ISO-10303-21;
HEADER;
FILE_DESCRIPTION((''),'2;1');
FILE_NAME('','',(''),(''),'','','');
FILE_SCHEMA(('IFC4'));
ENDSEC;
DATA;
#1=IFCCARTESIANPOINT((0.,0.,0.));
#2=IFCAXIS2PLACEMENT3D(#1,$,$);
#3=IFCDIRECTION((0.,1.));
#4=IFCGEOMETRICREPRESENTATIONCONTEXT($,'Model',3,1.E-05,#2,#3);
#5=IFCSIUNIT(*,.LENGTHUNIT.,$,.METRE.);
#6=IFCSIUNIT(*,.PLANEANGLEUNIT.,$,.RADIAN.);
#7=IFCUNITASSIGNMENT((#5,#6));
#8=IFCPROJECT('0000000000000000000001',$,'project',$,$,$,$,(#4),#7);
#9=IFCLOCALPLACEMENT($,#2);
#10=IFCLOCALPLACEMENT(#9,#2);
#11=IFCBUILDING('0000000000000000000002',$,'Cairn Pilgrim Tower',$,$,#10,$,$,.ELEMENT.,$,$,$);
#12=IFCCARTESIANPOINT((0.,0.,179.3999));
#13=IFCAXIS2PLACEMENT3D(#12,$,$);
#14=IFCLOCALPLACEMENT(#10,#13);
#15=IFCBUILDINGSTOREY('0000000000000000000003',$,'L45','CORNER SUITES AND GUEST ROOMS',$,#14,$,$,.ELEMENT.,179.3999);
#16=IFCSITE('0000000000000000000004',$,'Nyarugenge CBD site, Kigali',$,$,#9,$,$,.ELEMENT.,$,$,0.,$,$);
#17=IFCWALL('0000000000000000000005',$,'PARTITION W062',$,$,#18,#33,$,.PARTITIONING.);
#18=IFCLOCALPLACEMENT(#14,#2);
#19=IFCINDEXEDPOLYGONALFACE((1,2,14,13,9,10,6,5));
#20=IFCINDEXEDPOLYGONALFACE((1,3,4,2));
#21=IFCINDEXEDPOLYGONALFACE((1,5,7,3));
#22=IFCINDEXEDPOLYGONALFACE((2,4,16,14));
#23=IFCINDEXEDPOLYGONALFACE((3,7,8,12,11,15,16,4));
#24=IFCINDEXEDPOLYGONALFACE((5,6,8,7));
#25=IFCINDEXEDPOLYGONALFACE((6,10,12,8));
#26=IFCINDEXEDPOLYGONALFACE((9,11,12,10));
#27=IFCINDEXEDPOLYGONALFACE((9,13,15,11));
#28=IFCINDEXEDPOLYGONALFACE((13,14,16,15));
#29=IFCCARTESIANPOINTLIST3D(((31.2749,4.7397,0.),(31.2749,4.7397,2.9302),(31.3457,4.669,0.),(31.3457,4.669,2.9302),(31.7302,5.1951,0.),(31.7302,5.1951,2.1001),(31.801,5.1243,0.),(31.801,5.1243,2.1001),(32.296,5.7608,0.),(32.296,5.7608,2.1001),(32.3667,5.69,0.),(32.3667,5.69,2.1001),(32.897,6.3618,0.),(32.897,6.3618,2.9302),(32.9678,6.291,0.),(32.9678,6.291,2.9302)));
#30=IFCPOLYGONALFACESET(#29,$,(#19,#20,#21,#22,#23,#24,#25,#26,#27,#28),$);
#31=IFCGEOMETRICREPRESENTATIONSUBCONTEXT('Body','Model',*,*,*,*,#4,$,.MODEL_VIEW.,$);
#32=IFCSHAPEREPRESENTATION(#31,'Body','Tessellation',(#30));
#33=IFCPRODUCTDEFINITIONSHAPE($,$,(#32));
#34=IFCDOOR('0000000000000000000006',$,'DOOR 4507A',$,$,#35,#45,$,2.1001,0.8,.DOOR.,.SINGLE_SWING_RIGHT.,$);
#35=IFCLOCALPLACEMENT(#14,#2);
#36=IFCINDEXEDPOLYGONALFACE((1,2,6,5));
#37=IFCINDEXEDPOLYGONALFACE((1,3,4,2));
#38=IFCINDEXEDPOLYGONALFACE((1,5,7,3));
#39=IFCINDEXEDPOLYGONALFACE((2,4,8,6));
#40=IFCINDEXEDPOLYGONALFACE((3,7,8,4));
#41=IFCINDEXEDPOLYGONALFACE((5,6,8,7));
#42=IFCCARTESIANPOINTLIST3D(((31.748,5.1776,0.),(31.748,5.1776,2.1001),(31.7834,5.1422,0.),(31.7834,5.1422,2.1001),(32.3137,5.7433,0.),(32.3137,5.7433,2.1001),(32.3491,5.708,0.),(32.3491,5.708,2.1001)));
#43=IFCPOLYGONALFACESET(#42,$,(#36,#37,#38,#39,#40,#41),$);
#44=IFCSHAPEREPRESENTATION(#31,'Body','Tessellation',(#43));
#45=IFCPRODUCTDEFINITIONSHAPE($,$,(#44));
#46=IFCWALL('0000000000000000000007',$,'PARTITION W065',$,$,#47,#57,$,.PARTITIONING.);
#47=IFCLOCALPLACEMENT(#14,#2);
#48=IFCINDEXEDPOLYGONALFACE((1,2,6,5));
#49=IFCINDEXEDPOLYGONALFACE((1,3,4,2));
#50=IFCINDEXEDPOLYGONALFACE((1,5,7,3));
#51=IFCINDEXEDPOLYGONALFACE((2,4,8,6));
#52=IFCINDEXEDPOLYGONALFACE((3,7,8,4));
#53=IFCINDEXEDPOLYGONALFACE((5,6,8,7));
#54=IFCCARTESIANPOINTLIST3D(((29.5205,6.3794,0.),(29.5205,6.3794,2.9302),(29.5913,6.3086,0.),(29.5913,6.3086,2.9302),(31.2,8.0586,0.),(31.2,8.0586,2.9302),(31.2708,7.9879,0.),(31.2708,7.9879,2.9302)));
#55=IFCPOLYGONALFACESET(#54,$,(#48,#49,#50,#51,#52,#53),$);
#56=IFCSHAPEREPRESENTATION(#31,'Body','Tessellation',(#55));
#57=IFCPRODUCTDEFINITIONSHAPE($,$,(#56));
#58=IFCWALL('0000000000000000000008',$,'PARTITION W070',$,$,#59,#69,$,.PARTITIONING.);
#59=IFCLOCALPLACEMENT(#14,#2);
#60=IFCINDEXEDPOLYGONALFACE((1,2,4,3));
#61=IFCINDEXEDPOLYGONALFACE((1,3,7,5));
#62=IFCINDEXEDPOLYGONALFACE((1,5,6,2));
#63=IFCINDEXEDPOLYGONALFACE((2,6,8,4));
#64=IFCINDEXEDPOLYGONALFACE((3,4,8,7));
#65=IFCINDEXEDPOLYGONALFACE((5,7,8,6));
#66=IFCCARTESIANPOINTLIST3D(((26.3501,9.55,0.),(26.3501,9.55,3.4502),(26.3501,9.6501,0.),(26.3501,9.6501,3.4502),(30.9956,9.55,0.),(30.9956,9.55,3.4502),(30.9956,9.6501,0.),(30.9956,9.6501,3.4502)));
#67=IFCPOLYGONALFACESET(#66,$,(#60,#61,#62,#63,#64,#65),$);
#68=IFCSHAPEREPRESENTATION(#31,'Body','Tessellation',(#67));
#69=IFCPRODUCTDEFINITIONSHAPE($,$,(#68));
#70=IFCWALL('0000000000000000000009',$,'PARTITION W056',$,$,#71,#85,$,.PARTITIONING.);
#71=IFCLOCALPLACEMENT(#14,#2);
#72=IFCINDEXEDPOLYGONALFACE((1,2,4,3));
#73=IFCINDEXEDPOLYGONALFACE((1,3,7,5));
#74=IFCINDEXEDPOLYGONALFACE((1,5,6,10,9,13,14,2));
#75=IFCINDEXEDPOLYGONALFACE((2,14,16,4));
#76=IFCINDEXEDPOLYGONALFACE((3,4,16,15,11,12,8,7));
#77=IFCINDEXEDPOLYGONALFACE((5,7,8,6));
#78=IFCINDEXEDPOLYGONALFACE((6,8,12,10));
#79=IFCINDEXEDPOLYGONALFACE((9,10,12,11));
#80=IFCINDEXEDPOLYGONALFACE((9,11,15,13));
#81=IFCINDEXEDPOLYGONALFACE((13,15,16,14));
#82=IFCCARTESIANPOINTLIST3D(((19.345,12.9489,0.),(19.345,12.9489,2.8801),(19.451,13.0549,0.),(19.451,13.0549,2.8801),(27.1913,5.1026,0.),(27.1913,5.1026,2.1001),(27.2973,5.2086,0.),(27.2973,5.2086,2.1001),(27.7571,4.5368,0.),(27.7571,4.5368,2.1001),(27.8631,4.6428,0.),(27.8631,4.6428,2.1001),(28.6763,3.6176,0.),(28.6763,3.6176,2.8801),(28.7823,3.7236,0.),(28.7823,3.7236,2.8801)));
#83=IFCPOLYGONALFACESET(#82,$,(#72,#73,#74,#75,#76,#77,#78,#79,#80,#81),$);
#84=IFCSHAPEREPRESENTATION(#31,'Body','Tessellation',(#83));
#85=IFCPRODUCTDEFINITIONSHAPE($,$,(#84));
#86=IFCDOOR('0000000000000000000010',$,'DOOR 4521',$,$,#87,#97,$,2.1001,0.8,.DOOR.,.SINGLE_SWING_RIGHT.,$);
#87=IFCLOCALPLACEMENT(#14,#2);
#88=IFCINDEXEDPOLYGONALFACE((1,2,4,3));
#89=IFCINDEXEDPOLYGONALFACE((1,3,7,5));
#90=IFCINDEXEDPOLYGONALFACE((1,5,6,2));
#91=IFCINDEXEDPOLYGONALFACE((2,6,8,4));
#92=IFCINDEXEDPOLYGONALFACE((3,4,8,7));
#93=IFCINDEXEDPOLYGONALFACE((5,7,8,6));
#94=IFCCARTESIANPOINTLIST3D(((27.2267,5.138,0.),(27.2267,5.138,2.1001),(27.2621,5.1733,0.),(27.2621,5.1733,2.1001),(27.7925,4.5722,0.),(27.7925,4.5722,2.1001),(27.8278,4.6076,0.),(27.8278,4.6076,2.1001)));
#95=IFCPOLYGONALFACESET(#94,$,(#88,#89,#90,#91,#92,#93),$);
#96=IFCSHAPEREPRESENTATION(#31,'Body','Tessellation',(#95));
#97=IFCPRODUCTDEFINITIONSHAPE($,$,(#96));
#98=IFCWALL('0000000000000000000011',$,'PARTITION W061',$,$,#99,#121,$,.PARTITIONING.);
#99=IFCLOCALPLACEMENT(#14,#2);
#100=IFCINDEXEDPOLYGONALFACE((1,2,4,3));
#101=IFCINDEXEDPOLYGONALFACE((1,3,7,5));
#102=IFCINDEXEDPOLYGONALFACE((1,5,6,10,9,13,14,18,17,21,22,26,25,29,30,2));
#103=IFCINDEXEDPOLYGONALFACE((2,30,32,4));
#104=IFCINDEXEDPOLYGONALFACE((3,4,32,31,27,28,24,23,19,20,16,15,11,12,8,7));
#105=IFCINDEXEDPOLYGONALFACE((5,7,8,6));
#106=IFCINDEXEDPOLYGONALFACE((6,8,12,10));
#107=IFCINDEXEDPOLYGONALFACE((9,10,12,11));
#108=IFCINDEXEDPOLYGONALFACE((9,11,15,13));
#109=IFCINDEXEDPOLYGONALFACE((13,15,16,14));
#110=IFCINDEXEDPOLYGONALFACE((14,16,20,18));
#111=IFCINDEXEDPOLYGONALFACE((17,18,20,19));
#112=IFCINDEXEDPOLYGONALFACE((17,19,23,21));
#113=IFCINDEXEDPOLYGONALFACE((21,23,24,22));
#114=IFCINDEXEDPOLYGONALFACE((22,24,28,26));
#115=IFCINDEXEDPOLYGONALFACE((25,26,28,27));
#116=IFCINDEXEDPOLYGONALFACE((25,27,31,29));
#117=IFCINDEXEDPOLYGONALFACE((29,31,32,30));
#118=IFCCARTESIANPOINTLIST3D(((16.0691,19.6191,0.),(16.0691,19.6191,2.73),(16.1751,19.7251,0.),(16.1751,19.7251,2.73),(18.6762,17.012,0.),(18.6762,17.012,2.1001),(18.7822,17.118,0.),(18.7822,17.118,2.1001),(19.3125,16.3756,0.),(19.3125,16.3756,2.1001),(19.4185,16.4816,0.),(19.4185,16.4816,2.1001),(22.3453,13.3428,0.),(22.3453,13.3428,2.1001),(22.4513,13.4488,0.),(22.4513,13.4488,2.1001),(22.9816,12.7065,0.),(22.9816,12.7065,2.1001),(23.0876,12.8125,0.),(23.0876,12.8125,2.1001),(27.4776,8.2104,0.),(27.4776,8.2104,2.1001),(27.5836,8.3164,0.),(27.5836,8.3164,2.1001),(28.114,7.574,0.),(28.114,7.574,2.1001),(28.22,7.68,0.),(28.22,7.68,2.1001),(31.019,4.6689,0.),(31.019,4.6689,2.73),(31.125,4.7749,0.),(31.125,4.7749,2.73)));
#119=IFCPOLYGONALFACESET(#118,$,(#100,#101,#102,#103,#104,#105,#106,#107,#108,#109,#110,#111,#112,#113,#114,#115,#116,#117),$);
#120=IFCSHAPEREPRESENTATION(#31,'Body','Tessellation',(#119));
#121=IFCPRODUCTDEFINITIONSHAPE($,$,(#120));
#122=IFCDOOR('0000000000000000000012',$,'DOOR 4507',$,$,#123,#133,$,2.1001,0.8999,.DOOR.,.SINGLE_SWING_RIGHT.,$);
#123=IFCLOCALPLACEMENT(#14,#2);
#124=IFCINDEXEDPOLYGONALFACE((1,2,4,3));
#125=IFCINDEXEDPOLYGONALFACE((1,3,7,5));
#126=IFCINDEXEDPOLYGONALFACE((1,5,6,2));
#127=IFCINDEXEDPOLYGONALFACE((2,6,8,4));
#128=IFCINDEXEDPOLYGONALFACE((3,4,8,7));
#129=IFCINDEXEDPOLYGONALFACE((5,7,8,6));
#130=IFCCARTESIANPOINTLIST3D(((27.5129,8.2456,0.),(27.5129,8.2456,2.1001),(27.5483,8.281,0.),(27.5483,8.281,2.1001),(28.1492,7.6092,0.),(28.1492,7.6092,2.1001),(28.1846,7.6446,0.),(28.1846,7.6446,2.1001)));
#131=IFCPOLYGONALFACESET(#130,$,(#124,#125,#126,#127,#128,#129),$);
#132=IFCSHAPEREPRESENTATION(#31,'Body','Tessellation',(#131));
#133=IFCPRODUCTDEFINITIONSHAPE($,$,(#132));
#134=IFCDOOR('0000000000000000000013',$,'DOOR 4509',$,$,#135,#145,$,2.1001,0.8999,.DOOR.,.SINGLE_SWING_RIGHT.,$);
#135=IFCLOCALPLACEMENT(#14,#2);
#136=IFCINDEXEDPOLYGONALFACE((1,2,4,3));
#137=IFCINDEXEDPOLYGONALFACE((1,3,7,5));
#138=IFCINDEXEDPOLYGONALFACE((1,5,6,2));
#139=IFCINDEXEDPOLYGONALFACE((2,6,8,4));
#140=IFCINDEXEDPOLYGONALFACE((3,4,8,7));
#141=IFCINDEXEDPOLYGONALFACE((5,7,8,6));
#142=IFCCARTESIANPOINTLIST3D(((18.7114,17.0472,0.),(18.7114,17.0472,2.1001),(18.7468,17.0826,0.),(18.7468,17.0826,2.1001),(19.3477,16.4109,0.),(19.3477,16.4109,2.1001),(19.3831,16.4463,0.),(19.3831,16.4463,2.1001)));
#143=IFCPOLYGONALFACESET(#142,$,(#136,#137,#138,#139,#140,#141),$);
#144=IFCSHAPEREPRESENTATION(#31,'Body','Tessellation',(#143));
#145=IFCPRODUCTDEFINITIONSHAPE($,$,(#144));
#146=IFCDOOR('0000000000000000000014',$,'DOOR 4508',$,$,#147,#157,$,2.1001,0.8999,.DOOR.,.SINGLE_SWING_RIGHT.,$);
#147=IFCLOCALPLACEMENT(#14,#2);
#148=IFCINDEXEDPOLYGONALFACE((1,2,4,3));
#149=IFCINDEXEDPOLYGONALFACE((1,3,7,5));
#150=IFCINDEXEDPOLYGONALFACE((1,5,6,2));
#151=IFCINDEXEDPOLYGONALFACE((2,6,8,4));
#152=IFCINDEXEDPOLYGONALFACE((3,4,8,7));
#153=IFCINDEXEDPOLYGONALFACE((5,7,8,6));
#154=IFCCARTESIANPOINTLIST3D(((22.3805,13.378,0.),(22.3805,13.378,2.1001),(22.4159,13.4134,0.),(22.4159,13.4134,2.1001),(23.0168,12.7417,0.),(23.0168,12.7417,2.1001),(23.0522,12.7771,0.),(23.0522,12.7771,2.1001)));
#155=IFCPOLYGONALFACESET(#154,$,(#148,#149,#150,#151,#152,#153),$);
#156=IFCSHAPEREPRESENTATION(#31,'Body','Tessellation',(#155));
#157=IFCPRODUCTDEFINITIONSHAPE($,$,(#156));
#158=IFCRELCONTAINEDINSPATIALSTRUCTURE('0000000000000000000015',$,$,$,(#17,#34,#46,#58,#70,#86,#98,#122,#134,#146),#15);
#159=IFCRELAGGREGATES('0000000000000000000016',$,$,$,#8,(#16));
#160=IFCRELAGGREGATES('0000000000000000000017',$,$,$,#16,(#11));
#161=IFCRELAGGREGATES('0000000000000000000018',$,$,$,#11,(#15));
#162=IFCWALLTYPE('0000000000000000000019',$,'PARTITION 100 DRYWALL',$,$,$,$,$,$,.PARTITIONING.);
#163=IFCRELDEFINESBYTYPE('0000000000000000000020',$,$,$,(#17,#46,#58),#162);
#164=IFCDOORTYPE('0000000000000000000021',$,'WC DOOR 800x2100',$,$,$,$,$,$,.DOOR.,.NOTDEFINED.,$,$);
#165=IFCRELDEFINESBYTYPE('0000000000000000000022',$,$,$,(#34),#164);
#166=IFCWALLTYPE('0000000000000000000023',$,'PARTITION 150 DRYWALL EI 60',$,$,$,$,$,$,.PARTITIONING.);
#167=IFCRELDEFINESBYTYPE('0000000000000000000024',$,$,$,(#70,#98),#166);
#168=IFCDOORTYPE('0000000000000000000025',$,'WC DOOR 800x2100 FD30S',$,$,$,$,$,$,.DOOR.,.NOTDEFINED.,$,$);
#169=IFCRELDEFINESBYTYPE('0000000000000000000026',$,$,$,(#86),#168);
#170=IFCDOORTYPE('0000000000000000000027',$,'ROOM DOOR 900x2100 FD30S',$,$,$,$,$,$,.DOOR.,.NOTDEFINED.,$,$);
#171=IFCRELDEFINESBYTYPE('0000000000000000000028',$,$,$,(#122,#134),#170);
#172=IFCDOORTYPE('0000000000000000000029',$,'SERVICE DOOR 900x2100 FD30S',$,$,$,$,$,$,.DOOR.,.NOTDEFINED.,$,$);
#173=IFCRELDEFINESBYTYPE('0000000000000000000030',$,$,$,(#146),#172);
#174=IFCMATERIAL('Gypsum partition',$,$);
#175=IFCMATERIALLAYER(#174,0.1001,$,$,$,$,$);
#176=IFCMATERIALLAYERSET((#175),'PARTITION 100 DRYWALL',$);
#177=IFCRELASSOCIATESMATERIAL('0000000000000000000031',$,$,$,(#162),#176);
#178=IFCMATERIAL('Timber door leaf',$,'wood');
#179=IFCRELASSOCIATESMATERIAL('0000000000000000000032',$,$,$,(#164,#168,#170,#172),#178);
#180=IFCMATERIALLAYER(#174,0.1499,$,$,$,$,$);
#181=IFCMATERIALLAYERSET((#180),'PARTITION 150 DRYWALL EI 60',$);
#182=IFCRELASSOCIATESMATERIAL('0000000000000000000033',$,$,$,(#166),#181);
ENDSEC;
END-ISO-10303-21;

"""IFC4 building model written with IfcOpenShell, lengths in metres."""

from ifc_helpers import new_model, si_unit, direction, frame, frame_2d, origin, place, context, subcontext, project, spatial, rectangle, extrude, material, layer, layer_set, type_object, element, fill, save


model = new_model("IFC4")

# Units and contexts
model_context = context("Model", 3, precision=1e-05, world=origin(), true_north=direction((0.0, 1.0)))
body_context = subcontext(model_context, "Body", "Model", "MODEL_VIEW")
ifc_project = project(units=[si_unit("LENGTHUNIT", "METRE"), si_unit("PLANEANGLEUNIT", "RADIAN")], contexts=[model_context])

# Site, building, storey
site_placement = place(None, origin())
site = spatial("IfcSite", under=ifc_project, at=site_placement, Name="Nyarugenge CBD site, Kigali", CompositionType="ELEMENT", RefElevation=0.0)
building_placement = place(site_placement, origin())
building = spatial("IfcBuilding", under=site, at=building_placement, Name="Cairn Pilgrim Tower", CompositionType="ELEMENT")
storey_placement = place(building_placement, frame((0.0, 0.0, 179.3999)))
storey = spatial("IfcBuildingStorey", under=building, at=storey_placement, Name="L45", Description="CORNER SUITES AND GUEST ROOMS", CompositionType="ELEMENT", Elevation=179.3999)

# Wall, opening, door
ifc_material_1 = material(Name="Gypsum partition")
ifc_layer_1 = layer(ifc_material_1, 0.1001)
ifc_layer_set_1 = layer_set([ifc_layer_1], Name="PARTITION 100 DRYWALL")
wall_type_1 = type_object("IfcWallType", Name="PARTITION 100 DRYWALL", PredefinedType="PARTITIONING", material=ifc_layer_set_1)
wall_1_placement = place(storey_placement, frame((31.3103, 4.7043, 0.0), z_axis=(0.0, 0.0, 1.0), x_axis=(0.707107, 0.707107, 0.0)))
wall_1 = element("IfcWall", 1, at=wall_1_placement, inside=storey, type_object=wall_type_1, Name="PARTITION W062", PredefinedType="PARTITIONING", context=body_context, shape_type="SweptSolid", body=[
    extrude(rectangle(XDim=2.2939, YDim=0.1001, at=frame_2d((1.147, 0.0))), origin(), (0.0, 0.0, 1.0), 2.9302),
])
opening_1_placement = place(wall_1_placement, frame((0.644, 0.0, 0.0)))
opening_1 = element("IfcOpeningElement", 2, at=opening_1_placement, cuts=wall_1, PredefinedType="OPENING", context=body_context, shape_type="SweptSolid", body=[
    extrude(rectangle(XDim=0.8, YDim=2.1001, at=frame_2d((0.3999, 1.05))), frame((0.0, 0.0601, 0.0), z_axis=(0.0, -1.0, 0.0), x_axis=(1.0, 0.0, 0.0)), (0.0, 0.0, 1.0), 0.1201),
])
ifc_material_2 = material(Name="Timber door leaf", Category="wood")
door_type_1 = type_object("IfcDoorType", Name="WC DOOR 800x2100", OperationType="NOTDEFINED", PredefinedType="DOOR", material=ifc_material_2)
door_1_placement = place(opening_1_placement, frame((0.8, 0.0, 0.0), z_axis=(0.0, 0.0, 1.0), x_axis=(-1.0, 0.0, 0.0)))
door_1 = element("IfcDoor", 3, at=door_1_placement, inside=storey, type_object=door_type_1, Name="DOOR 4507A", OperationType="SINGLE_SWING_RIGHT", OverallHeight=2.1001, OverallWidth=0.8, PredefinedType="DOOR", context=body_context, shape_type="SweptSolid", body=[
    extrude(rectangle(XDim=0.8, YDim=2.1001, at=frame_2d((0.3999, 1.05))), frame((0.0, 0.0249, 0.0), z_axis=(0.0, -1.0, 0.0), x_axis=(1.0, 0.0, 0.0)), (0.0, 0.0, 1.0), 0.05),
])
fill(opening_1, door_1)

# Walls
wall_2_placement = place(storey_placement, frame((29.5559, 6.344, 0.0), z_axis=(0.0, 0.0, 1.0), x_axis=(0.707158, 0.707055, 0.0)))
element("IfcWall", 4, at=wall_2_placement, inside=storey, type_object=wall_type_1, Name="PARTITION W065", PredefinedType="PARTITIONING", context=body_context, shape_type="SweptSolid", body=[
    extrude(rectangle(XDim=2.375, YDim=0.1001, at=frame_2d((1.1875, 0.0))), origin(), (0.0, 0.0, 1.0), 2.9302),
])
wall_3_placement = place(storey_placement, frame((26.3501, 9.6001, 0.0), z_axis=(0.0, 0.0, 1.0), x_axis=(1.0, 0.0, 0.0)))
element("IfcWall", 5, at=wall_3_placement, inside=storey, type_object=wall_type_1, Name="PARTITION W070", PredefinedType="PARTITIONING", context=body_context, shape_type="SweptSolid", body=[
    extrude(rectangle(XDim=4.6455, YDim=0.1001, at=frame_2d((2.3228, 0.0))), origin(), (0.0, 0.0, 1.0), 3.4502),
])

# Wall, opening, door
ifc_layer_2 = layer(ifc_material_1, 0.1499)
ifc_layer_set_2 = layer_set([ifc_layer_2], Name="PARTITION 150 DRYWALL EI 60")
wall_type_2 = type_object("IfcWallType", Name="PARTITION 150 DRYWALL EI 60", PredefinedType="PARTITIONING", material=ifc_layer_set_2)
wall_4_placement = place(storey_placement, frame((28.7292, 3.6707, 0.0), z_axis=(0.0, 0.0, 1.0), x_axis=(-0.707107, 0.707107, 0.0)))
wall_4 = element("IfcWall", 6, at=wall_4_placement, inside=storey, type_object=wall_type_2, Name="PARTITION W056", PredefinedType="PARTITIONING", context=body_context, shape_type="SweptSolid", body=[
    extrude(rectangle(XDim=13.1965, YDim=0.1499, at=frame_2d((6.5981, 0.0))), origin(), (0.0, 0.0, 1.0), 2.8801),
])
opening_2_placement = place(wall_4_placement, frame((1.3, 0.0, 0.0)))
opening_2 = element("IfcOpeningElement", 7, at=opening_2_placement, cuts=wall_4, PredefinedType="OPENING", context=body_context, shape_type="SweptSolid", body=[
    extrude(rectangle(XDim=0.8, YDim=2.1001, at=frame_2d((0.3999, 1.05))), frame((0.0, 0.085, 0.0), z_axis=(0.0, -1.0, 0.0), x_axis=(1.0, 0.0, 0.0)), (0.0, 0.0, 1.0), 0.1699),
])
door_type_2 = type_object("IfcDoorType", Name="WC DOOR 800x2100 FD30S", OperationType="NOTDEFINED", PredefinedType="DOOR", material=ifc_material_2)
door_2_placement = place(opening_2_placement, origin())
door_2 = element("IfcDoor", 8, at=door_2_placement, inside=storey, type_object=door_type_2, Name="DOOR 4521", OperationType="SINGLE_SWING_RIGHT", OverallHeight=2.1001, OverallWidth=0.8, PredefinedType="DOOR", context=body_context, shape_type="SweptSolid", body=[
    extrude(rectangle(XDim=0.8, YDim=2.1001, at=frame_2d((0.3999, 1.05))), frame((0.0, 0.0249, 0.0), z_axis=(0.0, -1.0, 0.0), x_axis=(1.0, 0.0, 0.0)), (0.0, 0.0, 1.0), 0.05),
])
fill(opening_2, door_2)

# Wall, openings, doors
wall_5_placement = place(storey_placement, frame((31.072, 4.7219, 0.0), z_axis=(0.0, 0.0, 1.0), x_axis=(-0.707101, 0.707113, 0.0)))
wall_5 = element("IfcWall", 9, at=wall_5_placement, inside=storey, type_object=wall_type_2, Name="PARTITION W061", PredefinedType="PARTITIONING", context=body_context, shape_type="SweptSolid", body=[
    extrude(rectangle(XDim=21.1426, YDim=0.1499, at=frame_2d((10.5713, 0.0))), origin(), (0.0, 0.0, 1.0), 2.73),
])
opening_3_placement = place(wall_5_placement, frame((4.1084, 0.0, 0.0)))
opening_3 = element("IfcOpeningElement", 10, at=opening_3_placement, cuts=wall_5, PredefinedType="OPENING", context=body_context, shape_type="SweptSolid", body=[
    extrude(rectangle(XDim=0.8999, YDim=2.1001, at=frame_2d((0.45, 1.05))), frame((0.0, 0.085, 0.0), z_axis=(0.0, -1.0, 0.0), x_axis=(1.0, 0.0, 0.0)), (0.0, 0.0, 1.0), 0.1699),
])
opening_4_placement = place(wall_5_placement, frame((11.3667, 0.0, 0.0)))
opening_4 = element("IfcOpeningElement", 11, at=opening_4_placement, cuts=wall_5, PredefinedType="OPENING", context=body_context, shape_type="SweptSolid", body=[
    extrude(rectangle(XDim=0.8999, YDim=2.1001, at=frame_2d((0.45, 1.05))), frame((0.0, 0.085, 0.0), z_axis=(0.0, -1.0, 0.0), x_axis=(1.0, 0.0, 0.0)), (0.0, 0.0, 1.0), 0.1699),
])
opening_5_placement = place(wall_5_placement, frame((16.5557, 0.0, 0.0)))
opening_5 = element("IfcOpeningElement", 12, at=opening_5_placement, cuts=wall_5, PredefinedType="OPENING", context=body_context, shape_type="SweptSolid", body=[
    extrude(rectangle(XDim=0.8999, YDim=2.1001, at=frame_2d((0.45, 1.05))), frame((0.0, 0.085, 0.0), z_axis=(0.0, -1.0, 0.0), x_axis=(1.0, 0.0, 0.0)), (0.0, 0.0, 1.0), 0.1699),
])
door_type_3 = type_object("IfcDoorType", Name="ROOM DOOR 900x2100 FD30S", OperationType="NOTDEFINED", PredefinedType="DOOR", material=ifc_material_2)
door_3_placement = place(opening_3_placement, frame((0.8999, 0.0, 0.0), z_axis=(0.0, 0.0, 1.0), x_axis=(-1.0, 0.0, 0.0)))
door_3 = element("IfcDoor", 13, at=door_3_placement, inside=storey, type_object=door_type_3, Name="DOOR 4507", OperationType="SINGLE_SWING_RIGHT", OverallHeight=2.1001, OverallWidth=0.8999, PredefinedType="DOOR", context=body_context, shape_type="SweptSolid", body=[
    extrude(rectangle(XDim=0.8999, YDim=2.1001, at=frame_2d((0.45, 1.05))), frame((0.0, 0.0249, 0.0), z_axis=(0.0, -1.0, 0.0), x_axis=(1.0, 0.0, 0.0)), (0.0, 0.0, 1.0), 0.05),
])
fill(opening_3, door_3)
door_4_placement = place(opening_5_placement, frame((0.8999, 0.0, 0.0), z_axis=(0.0, 0.0, 1.0), x_axis=(-1.0, 0.0, 0.0)))
door_4 = element("IfcDoor", 14, at=door_4_placement, inside=storey, type_object=door_type_3, Name="DOOR 4509", OperationType="SINGLE_SWING_RIGHT", OverallHeight=2.1001, OverallWidth=0.8999, PredefinedType="DOOR", context=body_context, shape_type="SweptSolid", body=[
    extrude(rectangle(XDim=0.8999, YDim=2.1001, at=frame_2d((0.45, 1.05))), frame((0.0, 0.0249, 0.0), z_axis=(0.0, -1.0, 0.0), x_axis=(1.0, 0.0, 0.0)), (0.0, 0.0, 1.0), 0.05),
])
fill(opening_5, door_4)
door_type_4 = type_object("IfcDoorType", Name="SERVICE DOOR 900x2100 FD30S", OperationType="NOTDEFINED", PredefinedType="DOOR", material=ifc_material_2)
door_5_placement = place(opening_4_placement, frame((0.8999, 0.0, 0.0), z_axis=(0.0, 0.0, 1.0), x_axis=(-1.0, 0.0, 0.0)))
door_5 = element("IfcDoor", 15, at=door_5_placement, inside=storey, type_object=door_type_4, Name="DOOR 4508", OperationType="SINGLE_SWING_RIGHT", OverallHeight=2.1001, OverallWidth=0.8999, PredefinedType="DOOR", context=body_context, shape_type="SweptSolid", body=[
    extrude(rectangle(XDim=0.8999, YDim=2.1001, at=frame_2d((0.45, 1.05))), frame((0.0, 0.0249, 0.0), z_axis=(0.0, -1.0, 0.0), x_axis=(1.0, 0.0, 0.0)), (0.0, 0.0, 1.0), 0.05),
])
fill(opening_4, door_5)

save(model, "model.ifc")
